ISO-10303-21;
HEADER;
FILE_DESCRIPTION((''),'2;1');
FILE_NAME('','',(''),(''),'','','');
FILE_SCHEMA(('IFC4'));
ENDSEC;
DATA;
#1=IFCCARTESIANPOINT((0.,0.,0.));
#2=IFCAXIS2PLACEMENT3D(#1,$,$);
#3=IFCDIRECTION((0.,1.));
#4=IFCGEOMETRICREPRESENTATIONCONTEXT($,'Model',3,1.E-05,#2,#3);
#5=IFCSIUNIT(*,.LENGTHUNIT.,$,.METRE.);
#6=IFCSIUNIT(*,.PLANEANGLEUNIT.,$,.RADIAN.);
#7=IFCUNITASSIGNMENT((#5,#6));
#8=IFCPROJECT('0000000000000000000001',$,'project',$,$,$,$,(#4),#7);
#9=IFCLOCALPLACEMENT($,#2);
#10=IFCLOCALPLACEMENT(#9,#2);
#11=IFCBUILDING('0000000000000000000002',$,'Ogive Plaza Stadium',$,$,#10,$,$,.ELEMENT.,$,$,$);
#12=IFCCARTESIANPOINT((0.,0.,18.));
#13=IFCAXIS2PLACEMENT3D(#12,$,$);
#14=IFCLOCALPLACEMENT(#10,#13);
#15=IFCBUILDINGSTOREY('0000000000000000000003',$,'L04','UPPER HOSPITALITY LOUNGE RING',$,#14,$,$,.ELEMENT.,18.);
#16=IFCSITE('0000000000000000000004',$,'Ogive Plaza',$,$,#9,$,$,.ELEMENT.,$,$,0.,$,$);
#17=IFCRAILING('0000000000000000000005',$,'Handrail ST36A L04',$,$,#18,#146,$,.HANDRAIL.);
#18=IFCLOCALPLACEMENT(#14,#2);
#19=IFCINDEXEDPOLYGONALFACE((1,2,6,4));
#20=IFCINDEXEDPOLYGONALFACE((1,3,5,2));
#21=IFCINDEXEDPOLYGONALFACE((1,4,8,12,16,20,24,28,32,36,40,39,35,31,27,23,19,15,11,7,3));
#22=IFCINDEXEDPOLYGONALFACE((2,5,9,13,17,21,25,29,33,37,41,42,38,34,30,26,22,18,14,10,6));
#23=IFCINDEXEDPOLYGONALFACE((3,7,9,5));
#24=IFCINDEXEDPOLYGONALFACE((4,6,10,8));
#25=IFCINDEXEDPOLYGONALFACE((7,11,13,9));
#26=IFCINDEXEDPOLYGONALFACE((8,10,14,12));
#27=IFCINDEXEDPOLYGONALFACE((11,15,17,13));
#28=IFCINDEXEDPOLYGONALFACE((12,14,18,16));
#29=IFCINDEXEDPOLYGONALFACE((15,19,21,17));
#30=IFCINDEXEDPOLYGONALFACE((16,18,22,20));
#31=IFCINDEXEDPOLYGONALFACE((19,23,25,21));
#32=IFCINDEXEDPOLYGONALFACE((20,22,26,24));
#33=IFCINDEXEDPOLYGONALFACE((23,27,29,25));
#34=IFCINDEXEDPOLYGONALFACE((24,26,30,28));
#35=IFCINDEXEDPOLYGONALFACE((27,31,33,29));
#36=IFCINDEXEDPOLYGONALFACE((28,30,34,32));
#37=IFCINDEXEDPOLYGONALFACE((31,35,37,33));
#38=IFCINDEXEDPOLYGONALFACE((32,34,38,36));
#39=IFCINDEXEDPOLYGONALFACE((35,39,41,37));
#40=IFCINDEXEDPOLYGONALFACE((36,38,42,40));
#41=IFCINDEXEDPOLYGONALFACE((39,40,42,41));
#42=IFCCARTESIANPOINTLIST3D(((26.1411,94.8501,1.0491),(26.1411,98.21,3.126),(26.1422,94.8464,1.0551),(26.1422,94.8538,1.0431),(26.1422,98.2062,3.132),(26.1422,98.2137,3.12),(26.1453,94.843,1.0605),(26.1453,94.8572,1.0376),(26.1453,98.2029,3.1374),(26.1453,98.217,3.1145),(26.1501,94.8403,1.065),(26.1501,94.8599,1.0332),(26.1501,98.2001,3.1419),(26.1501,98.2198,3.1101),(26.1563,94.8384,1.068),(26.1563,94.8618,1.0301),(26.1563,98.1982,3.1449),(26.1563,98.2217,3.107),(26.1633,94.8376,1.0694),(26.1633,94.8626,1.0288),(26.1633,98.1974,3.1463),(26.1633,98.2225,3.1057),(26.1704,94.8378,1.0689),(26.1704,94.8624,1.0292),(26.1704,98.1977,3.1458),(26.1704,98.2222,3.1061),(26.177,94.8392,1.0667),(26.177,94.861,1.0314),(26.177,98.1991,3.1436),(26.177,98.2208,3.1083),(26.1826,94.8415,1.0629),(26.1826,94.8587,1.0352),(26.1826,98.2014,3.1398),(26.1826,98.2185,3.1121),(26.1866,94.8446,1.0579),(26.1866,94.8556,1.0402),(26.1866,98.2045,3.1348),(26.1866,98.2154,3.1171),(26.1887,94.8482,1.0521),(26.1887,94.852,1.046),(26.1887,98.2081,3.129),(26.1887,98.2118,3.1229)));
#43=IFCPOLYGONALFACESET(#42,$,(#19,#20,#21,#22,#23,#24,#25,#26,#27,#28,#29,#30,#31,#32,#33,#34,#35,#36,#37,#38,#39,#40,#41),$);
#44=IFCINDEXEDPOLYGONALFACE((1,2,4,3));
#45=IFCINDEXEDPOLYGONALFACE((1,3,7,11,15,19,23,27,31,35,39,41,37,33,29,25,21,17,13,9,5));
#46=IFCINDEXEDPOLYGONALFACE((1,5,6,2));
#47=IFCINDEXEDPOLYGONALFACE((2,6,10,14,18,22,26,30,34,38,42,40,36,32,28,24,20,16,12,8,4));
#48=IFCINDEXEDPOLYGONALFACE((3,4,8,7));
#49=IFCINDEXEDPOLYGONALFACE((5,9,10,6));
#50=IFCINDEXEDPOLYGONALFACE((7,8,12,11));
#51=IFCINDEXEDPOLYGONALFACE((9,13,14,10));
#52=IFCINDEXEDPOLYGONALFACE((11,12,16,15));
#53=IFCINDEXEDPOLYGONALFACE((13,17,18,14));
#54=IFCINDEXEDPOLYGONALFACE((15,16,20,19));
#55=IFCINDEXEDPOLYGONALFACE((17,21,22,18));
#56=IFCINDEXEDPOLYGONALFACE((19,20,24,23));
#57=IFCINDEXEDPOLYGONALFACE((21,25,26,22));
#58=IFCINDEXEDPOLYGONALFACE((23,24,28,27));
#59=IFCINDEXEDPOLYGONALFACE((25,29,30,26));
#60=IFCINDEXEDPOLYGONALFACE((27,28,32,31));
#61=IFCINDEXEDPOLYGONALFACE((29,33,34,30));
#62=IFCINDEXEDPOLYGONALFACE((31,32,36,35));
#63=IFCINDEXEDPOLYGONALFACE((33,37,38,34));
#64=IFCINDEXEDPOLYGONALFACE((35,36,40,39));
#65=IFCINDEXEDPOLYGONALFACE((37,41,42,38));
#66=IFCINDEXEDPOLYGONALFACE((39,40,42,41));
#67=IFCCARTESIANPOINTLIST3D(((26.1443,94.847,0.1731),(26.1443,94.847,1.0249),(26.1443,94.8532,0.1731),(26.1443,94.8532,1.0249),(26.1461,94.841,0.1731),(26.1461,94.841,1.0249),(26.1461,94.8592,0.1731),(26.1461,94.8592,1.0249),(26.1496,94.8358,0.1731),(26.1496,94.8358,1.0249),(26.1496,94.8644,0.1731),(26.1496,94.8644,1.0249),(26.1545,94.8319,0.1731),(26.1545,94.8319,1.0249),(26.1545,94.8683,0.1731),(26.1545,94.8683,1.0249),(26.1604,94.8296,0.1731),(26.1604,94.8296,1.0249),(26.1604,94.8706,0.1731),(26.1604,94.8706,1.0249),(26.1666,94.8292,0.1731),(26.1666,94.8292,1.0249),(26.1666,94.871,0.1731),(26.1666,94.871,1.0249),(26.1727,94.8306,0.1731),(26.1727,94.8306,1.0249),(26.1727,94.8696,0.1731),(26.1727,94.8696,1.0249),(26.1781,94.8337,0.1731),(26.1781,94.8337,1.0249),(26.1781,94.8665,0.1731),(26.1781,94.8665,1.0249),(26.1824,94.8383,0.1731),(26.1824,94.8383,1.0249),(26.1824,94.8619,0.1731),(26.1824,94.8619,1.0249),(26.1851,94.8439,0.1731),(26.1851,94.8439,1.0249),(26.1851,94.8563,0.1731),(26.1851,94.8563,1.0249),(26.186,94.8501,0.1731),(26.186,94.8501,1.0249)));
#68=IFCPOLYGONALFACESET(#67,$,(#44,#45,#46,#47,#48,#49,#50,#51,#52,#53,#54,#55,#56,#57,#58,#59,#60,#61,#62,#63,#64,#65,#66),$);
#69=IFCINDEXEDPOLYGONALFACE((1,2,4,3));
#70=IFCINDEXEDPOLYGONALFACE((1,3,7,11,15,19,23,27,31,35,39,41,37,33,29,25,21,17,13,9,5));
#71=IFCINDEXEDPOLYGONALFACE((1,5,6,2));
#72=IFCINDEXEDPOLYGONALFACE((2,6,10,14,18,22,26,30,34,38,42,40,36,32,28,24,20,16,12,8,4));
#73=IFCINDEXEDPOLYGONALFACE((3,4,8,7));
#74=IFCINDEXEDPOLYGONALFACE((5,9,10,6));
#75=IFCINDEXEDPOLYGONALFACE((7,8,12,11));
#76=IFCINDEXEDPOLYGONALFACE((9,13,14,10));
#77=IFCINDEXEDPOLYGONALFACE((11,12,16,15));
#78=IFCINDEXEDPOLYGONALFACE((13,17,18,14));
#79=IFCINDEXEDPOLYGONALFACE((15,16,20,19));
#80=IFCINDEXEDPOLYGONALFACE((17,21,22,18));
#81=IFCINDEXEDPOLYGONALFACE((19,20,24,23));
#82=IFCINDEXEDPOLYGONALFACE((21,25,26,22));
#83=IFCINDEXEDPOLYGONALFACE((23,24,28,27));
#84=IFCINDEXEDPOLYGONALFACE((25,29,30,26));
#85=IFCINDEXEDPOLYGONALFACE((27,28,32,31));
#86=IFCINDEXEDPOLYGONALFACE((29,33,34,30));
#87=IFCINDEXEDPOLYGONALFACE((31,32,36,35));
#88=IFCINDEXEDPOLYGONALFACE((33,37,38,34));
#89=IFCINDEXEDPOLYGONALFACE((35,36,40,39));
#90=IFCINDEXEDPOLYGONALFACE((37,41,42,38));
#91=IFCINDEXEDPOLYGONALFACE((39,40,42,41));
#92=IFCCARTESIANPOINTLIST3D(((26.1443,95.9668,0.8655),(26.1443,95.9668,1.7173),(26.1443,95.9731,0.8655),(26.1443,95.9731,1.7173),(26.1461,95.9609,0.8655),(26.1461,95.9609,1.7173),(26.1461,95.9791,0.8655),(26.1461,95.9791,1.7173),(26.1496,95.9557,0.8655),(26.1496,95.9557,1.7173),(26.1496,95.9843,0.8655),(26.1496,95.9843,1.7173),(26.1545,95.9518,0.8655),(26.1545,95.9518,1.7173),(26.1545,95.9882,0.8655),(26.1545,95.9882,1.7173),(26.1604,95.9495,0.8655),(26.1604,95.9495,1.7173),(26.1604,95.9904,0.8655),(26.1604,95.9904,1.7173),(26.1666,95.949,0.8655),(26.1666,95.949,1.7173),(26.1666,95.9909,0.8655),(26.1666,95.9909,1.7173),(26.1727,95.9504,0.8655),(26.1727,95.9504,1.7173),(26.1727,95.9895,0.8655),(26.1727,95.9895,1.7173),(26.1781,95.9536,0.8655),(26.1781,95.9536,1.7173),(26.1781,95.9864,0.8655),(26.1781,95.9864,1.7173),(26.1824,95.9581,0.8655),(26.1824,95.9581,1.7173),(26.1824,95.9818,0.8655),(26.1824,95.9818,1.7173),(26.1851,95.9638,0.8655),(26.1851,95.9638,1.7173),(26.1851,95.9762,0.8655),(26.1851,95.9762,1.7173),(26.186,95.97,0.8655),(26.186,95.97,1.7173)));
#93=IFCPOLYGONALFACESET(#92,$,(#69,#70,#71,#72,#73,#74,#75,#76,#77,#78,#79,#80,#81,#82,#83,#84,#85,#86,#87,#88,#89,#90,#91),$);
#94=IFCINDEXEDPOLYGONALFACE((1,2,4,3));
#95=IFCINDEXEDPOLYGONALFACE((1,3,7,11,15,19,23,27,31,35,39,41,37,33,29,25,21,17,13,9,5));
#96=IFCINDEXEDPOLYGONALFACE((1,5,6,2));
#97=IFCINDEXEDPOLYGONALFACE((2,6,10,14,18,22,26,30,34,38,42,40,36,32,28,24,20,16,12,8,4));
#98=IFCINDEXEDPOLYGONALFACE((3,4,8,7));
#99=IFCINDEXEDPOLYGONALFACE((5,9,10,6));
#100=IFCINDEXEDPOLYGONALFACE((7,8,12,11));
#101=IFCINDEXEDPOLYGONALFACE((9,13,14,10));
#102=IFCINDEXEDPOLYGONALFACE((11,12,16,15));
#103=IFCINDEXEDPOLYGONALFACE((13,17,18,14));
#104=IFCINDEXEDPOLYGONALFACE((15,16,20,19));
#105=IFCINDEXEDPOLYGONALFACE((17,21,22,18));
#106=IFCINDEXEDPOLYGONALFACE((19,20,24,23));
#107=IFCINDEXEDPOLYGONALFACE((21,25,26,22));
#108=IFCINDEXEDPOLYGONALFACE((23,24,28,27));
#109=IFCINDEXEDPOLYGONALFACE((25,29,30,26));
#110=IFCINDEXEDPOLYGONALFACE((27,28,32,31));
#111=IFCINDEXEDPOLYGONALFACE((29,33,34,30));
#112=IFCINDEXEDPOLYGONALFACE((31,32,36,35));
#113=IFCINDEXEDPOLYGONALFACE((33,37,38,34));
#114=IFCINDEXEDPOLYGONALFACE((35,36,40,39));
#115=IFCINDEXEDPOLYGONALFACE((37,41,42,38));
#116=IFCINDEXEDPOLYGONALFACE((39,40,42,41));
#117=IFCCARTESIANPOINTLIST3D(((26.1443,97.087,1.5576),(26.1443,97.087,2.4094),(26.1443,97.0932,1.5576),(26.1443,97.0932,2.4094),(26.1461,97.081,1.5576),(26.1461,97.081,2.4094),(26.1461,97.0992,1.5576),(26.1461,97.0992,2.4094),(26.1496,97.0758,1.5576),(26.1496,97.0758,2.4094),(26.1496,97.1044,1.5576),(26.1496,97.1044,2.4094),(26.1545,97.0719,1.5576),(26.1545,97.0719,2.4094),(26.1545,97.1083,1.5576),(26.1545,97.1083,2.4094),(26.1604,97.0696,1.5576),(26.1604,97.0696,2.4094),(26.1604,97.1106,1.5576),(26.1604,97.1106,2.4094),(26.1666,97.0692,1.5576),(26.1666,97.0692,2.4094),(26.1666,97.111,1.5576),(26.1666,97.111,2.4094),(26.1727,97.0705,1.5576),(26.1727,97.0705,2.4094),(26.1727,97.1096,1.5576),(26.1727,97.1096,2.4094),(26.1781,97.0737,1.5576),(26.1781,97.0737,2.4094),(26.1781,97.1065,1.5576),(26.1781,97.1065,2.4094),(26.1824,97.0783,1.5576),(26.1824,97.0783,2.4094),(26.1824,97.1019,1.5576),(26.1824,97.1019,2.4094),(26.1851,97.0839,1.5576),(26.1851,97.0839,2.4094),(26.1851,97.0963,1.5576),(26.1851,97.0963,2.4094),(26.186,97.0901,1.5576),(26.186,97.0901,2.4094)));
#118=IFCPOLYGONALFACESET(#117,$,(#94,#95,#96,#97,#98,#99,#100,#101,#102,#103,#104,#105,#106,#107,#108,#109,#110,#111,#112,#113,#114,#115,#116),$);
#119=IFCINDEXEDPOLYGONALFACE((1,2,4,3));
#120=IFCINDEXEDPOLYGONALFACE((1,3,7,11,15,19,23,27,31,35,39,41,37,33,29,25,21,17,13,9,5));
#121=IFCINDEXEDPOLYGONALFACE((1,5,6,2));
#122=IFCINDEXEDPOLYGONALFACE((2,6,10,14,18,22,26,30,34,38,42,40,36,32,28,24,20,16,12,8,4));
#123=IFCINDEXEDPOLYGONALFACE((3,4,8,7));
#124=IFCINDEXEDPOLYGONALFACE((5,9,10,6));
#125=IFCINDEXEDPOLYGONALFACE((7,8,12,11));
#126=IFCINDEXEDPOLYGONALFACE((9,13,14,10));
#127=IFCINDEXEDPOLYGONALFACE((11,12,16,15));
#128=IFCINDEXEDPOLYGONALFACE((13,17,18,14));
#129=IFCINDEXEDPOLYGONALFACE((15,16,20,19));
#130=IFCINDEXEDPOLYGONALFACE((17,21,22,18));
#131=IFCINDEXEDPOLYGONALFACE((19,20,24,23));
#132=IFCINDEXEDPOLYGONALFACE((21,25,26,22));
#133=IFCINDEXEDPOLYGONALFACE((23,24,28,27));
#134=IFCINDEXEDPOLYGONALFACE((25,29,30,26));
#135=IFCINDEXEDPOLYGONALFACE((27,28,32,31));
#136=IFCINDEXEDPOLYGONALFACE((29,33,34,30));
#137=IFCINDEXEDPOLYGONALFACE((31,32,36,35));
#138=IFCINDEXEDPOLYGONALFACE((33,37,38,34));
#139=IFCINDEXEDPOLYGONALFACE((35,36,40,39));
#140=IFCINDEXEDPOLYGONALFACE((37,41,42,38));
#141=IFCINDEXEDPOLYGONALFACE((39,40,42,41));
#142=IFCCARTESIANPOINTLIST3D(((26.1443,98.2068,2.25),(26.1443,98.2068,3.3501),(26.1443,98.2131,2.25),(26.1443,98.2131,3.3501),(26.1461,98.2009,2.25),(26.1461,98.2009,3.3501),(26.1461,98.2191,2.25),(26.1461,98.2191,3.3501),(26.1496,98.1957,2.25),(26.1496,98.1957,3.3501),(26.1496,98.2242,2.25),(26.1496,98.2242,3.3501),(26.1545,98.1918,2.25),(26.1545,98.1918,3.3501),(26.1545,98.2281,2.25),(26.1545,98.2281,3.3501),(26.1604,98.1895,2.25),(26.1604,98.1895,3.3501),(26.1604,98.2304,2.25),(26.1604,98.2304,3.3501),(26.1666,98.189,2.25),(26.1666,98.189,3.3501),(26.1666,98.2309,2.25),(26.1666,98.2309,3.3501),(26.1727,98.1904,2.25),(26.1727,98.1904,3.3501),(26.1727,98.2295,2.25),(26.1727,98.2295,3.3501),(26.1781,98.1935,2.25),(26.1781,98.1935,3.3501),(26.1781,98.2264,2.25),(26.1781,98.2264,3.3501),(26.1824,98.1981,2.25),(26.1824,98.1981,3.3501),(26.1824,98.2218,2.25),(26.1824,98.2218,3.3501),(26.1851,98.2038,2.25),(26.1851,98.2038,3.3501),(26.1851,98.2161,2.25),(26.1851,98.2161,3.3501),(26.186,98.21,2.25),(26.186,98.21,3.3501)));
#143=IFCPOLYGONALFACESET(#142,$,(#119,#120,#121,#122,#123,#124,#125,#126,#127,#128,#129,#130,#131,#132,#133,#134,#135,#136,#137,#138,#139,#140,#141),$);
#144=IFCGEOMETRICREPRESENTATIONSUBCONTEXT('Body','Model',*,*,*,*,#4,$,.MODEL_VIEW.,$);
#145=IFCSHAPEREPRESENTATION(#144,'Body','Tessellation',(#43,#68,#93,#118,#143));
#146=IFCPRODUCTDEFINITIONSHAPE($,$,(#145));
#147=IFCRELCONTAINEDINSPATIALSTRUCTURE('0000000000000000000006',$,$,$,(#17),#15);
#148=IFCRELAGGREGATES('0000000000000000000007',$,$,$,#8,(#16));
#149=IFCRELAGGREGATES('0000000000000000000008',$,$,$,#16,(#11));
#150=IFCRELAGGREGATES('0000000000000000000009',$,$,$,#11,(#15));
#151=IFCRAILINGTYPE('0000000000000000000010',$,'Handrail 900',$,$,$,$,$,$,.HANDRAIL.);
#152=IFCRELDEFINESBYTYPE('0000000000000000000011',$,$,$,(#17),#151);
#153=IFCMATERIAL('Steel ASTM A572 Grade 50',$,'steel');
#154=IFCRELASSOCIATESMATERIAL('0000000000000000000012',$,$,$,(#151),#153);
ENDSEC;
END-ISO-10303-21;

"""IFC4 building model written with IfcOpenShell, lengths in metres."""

from ifc_helpers import new_model, si_unit, direction, frame, origin, origin_2d, place, context, subcontext, project, spatial, circle, extrude, material, type_object, element, save


model = new_model("IFC4")

# Units and contexts
model_context = context("Model", 3, precision=1e-05, world=origin(), true_north=direction((0.0, 1.0)))
body_context = subcontext(model_context, "Body", "Model", "MODEL_VIEW")
ifc_project = project(units=[si_unit("LENGTHUNIT", "METRE"), si_unit("PLANEANGLEUNIT", "RADIAN")], contexts=[model_context])

# Site, building, storey
site_placement = place(None, origin())
site = spatial("IfcSite", under=ifc_project, at=site_placement, Name="Ogive Plaza", CompositionType="ELEMENT", RefElevation=0.0)
building_placement = place(site_placement, origin())
building = spatial("IfcBuilding", under=site, at=building_placement, Name="Ogive Plaza Stadium", CompositionType="ELEMENT")
storey_placement = place(building_placement, frame((0.0, 0.0, 18.0)))
storey = spatial("IfcBuildingStorey", under=building, at=storey_placement, Name="L04", Description="UPPER HOSPITALITY LOUNGE RING", CompositionType="ELEMENT", Elevation=18.0)

# Railing
ifc_material_1 = material(Name="Steel ASTM A572 Grade 50", Category="steel")
railing_type_1 = type_object("IfcRailingType", Name="Handrail 900", PredefinedType="HANDRAIL", material=ifc_material_1)
for number, where, name in (
    (1, (26.165, 94.8501, 0.1731), "Handrail ST36A L04"),
):
    element("IfcRailing", number, at=place(storey_placement, frame(where)), inside=storey, type_object=railing_type_1, Name=name, PredefinedType="HANDRAIL", context=body_context, shape_type="SweptSolid", body=[
        extrude(circle(Radius=0.0239, at=origin_2d()), frame((0.0, 0.0, 0.876), z_axis=(0.0, 0.850606, 0.525803), x_axis=(-1.0, 0.0, 0.0)), (0.0, 0.0, 1.0), 3.95),
        extrude(circle(Radius=0.021, at=origin_2d()), origin(), (0.0, 0.0, 1.0), 0.8518),
        extrude(circle(Radius=0.021, at=origin_2d()), frame((0.0, 1.1199, 0.6924)), (0.0, 0.0, 1.0), 0.8518),
        extrude(circle(Radius=0.021, at=origin_2d()), frame((0.0, 2.24, 1.3845)), (0.0, 0.0, 1.0), 0.8518),
        extrude(circle(Radius=0.021, at=origin_2d()), frame((0.0, 3.3599, 2.0769)), (0.0, 0.0, 1.0), 1.1001),
    ])

save(model, "model.ifc")
